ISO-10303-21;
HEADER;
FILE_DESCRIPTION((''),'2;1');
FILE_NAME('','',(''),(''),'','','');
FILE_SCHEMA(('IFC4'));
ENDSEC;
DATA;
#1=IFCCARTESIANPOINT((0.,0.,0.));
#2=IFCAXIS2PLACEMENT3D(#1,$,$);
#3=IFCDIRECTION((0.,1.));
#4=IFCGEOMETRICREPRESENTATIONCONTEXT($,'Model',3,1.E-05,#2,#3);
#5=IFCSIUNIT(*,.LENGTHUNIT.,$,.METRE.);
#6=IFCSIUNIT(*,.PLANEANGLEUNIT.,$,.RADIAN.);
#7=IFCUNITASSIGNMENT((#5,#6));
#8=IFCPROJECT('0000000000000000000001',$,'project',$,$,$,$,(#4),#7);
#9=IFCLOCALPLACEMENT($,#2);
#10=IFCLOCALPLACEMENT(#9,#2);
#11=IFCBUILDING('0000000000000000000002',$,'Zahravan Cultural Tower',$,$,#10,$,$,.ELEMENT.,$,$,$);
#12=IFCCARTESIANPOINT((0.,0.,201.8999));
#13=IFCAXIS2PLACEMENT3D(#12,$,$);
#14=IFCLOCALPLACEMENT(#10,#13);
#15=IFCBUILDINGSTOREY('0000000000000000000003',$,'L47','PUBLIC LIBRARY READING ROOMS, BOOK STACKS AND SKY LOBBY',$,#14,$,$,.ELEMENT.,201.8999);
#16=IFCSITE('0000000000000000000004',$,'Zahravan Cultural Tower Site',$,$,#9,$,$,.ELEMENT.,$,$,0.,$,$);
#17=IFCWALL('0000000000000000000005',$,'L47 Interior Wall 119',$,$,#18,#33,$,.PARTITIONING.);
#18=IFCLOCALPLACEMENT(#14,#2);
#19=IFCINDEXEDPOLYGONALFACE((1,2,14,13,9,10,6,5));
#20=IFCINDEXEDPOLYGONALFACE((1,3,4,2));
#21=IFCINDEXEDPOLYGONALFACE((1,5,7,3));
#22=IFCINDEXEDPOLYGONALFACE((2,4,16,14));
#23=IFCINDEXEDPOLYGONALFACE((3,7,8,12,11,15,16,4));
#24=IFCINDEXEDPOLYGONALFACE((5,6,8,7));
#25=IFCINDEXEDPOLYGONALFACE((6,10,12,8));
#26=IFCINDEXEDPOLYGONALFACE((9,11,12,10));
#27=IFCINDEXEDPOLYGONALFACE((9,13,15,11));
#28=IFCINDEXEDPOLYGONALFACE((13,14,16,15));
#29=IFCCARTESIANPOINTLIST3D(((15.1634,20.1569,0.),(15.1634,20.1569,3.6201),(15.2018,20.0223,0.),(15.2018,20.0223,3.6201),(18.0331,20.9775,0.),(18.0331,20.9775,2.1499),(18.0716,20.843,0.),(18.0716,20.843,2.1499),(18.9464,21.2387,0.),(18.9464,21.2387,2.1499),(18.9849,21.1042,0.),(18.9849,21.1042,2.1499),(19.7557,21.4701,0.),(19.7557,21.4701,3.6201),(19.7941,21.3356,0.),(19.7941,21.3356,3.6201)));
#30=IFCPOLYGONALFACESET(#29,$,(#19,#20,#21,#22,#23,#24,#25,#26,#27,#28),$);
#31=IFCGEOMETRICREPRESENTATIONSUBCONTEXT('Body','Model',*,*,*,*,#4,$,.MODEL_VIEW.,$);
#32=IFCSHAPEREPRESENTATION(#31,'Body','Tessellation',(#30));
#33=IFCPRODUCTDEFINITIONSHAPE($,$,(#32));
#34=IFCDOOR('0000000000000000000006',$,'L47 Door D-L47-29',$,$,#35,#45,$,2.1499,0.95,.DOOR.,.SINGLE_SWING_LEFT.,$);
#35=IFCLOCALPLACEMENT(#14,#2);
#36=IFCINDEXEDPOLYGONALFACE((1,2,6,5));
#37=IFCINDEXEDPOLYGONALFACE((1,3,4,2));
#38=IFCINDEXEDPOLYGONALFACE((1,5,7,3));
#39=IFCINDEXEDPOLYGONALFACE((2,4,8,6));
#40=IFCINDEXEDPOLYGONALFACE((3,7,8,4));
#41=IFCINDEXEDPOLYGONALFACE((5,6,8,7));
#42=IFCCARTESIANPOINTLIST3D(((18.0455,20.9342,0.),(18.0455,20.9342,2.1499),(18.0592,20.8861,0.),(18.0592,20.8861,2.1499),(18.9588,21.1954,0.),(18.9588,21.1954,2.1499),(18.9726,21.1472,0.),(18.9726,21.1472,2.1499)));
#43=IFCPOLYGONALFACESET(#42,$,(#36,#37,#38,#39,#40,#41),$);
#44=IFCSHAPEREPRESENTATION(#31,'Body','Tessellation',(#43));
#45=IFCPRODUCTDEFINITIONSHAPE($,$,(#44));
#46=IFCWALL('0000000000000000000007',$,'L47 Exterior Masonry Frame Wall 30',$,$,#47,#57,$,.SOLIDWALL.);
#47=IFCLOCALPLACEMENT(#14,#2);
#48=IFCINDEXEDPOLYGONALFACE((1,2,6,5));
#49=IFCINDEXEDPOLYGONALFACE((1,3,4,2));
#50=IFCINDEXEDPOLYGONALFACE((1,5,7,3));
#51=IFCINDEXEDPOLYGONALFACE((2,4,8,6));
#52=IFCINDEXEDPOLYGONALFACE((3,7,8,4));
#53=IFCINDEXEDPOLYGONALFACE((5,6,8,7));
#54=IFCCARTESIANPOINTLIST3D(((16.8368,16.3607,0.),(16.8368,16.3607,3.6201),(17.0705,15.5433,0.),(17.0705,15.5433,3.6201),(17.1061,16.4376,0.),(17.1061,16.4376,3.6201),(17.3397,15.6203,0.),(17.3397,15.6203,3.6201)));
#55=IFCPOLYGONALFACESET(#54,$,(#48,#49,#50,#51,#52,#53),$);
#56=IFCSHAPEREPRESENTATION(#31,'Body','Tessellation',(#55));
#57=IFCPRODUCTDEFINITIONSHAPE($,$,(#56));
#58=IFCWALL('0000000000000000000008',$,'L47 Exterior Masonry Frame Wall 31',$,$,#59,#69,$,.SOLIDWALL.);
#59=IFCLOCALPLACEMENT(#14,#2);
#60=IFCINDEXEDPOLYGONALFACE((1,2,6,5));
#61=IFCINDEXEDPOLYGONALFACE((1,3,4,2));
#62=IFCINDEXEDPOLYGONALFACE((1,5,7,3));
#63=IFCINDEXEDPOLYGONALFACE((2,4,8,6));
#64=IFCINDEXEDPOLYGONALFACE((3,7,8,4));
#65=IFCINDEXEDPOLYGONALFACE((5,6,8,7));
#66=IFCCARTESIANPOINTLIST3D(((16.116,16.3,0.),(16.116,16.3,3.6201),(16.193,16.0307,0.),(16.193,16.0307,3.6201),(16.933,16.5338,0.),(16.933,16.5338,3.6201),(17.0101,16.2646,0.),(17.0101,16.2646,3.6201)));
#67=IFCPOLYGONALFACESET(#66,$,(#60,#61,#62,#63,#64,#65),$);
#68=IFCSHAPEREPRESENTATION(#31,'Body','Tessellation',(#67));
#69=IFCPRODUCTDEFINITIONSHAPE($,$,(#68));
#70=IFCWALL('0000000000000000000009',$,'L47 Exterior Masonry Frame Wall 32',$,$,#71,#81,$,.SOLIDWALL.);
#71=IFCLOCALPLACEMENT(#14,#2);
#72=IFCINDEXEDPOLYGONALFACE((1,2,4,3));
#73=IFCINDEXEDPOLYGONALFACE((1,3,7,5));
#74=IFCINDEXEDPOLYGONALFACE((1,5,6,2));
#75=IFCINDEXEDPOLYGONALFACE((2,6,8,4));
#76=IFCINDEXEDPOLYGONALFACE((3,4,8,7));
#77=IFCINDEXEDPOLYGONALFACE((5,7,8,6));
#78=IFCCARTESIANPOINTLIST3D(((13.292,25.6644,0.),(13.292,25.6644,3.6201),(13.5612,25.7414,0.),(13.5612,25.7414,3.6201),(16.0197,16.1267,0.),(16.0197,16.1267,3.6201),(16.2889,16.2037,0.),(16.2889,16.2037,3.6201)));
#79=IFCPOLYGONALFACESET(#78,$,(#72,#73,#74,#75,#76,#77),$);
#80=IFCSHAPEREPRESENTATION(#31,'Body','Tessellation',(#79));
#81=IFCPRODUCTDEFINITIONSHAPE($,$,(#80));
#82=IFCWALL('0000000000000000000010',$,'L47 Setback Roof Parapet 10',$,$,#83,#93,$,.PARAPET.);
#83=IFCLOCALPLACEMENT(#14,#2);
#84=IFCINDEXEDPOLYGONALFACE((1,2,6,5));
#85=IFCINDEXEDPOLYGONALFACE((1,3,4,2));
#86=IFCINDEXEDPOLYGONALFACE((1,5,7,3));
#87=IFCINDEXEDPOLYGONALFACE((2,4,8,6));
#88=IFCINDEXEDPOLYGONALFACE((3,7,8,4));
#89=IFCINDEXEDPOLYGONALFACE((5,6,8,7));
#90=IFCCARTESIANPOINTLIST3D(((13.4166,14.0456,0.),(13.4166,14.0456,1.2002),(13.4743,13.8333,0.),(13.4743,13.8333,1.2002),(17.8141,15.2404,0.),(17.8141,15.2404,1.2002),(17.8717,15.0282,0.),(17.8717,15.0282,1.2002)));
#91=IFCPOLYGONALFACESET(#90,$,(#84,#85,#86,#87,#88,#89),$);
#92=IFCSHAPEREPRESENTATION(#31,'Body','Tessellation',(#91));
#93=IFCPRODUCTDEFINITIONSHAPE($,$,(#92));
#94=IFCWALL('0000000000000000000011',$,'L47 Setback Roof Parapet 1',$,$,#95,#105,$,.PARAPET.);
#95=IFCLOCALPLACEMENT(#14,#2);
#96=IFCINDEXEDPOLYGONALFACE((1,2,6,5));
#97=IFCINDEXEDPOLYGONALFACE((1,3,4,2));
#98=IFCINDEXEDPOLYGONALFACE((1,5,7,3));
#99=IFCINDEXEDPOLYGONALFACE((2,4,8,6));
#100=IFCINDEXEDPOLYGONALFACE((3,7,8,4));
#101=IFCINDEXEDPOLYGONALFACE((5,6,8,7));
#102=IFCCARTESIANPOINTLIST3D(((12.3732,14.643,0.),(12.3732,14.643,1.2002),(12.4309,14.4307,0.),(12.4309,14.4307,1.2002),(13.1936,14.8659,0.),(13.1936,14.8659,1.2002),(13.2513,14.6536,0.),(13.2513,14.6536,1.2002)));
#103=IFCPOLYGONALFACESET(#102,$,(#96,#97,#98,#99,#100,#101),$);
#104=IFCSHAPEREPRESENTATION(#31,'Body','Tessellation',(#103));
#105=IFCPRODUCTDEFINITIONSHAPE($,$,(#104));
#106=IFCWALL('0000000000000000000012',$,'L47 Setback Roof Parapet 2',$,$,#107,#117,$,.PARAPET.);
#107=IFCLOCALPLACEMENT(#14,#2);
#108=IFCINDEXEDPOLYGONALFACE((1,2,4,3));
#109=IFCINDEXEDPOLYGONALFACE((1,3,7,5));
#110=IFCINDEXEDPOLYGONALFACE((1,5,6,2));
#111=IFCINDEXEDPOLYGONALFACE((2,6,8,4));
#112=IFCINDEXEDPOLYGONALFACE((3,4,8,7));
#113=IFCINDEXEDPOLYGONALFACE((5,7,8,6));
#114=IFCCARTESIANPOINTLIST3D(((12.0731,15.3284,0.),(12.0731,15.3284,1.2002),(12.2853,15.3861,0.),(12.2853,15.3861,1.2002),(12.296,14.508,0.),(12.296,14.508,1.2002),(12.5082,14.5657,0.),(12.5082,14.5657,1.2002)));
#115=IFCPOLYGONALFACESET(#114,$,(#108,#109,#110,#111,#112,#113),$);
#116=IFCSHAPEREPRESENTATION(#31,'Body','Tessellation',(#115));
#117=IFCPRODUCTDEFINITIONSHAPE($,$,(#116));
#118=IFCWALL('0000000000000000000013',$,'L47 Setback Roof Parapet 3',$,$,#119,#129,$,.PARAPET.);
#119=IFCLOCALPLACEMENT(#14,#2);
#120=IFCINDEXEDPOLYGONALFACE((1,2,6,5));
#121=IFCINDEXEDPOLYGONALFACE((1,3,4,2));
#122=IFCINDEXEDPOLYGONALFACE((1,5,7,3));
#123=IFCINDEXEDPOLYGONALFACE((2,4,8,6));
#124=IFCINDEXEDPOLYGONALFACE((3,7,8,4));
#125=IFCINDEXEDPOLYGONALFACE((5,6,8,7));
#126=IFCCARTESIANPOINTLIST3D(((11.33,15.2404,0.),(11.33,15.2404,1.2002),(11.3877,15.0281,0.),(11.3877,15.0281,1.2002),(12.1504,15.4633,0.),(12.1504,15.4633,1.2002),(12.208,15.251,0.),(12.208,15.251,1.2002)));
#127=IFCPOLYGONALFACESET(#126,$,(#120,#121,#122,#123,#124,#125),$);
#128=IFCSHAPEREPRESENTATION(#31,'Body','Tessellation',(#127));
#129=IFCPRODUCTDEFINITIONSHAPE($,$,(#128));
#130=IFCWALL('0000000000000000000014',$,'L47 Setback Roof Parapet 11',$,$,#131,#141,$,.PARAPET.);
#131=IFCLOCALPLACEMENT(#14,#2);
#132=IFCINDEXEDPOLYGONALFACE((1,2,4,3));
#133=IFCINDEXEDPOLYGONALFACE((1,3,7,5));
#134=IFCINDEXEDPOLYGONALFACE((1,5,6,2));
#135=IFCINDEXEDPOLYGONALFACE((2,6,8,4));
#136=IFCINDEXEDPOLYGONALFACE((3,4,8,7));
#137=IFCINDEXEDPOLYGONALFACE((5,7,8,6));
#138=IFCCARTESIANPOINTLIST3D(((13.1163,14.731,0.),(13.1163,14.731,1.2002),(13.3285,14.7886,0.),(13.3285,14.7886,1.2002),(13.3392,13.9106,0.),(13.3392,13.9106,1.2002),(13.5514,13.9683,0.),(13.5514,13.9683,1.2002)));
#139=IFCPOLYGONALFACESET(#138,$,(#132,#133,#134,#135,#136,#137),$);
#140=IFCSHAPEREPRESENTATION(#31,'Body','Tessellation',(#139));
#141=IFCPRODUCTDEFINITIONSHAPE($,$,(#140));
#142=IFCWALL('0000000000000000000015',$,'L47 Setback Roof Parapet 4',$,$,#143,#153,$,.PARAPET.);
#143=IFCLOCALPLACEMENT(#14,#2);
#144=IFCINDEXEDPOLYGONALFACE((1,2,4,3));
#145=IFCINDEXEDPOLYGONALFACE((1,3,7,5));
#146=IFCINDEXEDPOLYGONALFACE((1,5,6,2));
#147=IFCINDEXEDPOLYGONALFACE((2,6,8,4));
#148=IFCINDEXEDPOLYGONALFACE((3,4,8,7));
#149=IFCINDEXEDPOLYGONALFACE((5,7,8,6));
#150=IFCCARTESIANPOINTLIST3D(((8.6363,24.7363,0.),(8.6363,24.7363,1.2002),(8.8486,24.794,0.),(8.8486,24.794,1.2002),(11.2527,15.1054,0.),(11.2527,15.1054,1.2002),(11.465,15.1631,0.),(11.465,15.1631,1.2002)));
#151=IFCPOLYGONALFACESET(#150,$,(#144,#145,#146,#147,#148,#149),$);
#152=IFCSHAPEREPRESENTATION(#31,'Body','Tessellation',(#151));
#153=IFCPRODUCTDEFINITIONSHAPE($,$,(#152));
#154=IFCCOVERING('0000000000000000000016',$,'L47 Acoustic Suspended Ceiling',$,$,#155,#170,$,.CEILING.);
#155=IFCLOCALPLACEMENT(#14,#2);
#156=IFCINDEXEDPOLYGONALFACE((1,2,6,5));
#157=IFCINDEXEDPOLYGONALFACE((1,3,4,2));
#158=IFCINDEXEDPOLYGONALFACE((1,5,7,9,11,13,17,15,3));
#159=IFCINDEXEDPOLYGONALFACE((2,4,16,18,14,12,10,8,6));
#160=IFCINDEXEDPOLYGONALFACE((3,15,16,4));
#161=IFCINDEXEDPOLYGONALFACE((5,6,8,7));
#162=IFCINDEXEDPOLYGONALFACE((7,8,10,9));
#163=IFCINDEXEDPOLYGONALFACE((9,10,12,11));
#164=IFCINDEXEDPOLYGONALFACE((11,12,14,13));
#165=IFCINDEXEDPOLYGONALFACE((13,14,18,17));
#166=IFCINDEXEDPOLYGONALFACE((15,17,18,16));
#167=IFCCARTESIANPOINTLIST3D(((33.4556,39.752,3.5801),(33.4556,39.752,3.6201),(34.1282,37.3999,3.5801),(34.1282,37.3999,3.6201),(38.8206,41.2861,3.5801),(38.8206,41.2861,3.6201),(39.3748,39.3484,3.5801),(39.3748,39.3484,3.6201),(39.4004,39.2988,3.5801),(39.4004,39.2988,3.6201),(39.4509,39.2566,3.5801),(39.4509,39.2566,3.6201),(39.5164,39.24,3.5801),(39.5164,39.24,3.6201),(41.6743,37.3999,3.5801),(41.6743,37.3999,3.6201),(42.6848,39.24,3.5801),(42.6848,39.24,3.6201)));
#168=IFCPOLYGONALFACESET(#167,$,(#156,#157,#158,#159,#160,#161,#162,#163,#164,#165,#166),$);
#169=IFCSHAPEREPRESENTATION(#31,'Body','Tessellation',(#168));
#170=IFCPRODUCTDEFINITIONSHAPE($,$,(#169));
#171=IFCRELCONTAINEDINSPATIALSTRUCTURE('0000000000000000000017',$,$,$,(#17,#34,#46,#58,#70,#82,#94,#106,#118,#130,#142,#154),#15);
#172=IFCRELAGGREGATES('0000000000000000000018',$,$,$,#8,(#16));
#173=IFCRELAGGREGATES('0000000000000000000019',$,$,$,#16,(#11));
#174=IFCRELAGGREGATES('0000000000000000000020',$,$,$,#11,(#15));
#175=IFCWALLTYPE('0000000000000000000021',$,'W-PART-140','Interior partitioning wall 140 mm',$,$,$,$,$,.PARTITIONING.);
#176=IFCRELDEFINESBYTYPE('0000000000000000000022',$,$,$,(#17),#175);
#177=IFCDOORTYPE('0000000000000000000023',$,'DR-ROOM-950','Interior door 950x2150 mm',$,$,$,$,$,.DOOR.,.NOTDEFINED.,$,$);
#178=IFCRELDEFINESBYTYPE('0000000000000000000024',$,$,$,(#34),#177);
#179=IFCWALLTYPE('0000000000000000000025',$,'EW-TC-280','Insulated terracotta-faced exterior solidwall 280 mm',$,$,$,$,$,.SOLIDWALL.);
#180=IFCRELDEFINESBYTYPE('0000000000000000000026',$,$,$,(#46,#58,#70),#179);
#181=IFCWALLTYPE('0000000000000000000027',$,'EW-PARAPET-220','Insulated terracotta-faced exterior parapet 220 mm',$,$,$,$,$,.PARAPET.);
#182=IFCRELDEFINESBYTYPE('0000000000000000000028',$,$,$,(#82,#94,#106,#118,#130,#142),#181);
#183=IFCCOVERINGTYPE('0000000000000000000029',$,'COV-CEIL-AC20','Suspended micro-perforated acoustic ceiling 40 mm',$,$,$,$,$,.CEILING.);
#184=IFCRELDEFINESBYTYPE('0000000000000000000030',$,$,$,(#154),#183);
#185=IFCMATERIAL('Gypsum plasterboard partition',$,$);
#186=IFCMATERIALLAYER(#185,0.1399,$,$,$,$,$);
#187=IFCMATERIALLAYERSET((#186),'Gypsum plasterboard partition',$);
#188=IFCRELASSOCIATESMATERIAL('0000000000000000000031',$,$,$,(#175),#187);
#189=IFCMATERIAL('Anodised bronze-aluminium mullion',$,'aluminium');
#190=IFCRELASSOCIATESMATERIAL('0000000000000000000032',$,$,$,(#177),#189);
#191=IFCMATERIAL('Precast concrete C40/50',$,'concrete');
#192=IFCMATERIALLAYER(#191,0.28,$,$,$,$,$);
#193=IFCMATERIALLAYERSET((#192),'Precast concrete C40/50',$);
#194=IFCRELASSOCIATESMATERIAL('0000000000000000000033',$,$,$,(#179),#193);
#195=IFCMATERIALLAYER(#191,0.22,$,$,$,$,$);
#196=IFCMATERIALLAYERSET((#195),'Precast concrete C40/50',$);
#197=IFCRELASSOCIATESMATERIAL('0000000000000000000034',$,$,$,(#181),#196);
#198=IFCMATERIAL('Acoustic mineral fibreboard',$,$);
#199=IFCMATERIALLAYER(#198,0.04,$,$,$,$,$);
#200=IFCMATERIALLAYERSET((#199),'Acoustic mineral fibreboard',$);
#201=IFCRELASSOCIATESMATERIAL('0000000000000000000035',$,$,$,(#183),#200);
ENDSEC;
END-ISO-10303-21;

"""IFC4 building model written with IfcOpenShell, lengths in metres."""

from ifc_helpers import new_model, si_unit, direction, frame, frame_2d, origin, place, context, subcontext, project, spatial, polyline, rectangle, outline, extrude, source, transform, mapped, material, layer, layer_set, type_object, element, fill, save


model = new_model("IFC4")

# Units and contexts
model_context = context("Model", 3, precision=1e-05, world=origin(), true_north=direction((0.0, 1.0)))
body_context = subcontext(model_context, "Body", "Model", "MODEL_VIEW")
ifc_project = project(units=[si_unit("LENGTHUNIT", "METRE"), si_unit("PLANEANGLEUNIT", "RADIAN")], contexts=[model_context])

# Site, building, storey
site_placement = place(None, origin())
site = spatial("IfcSite", under=ifc_project, at=site_placement, Name="Zahravan Cultural Tower Site", CompositionType="ELEMENT", RefElevation=0.0)
building_placement = place(site_placement, origin())
building = spatial("IfcBuilding", under=site, at=building_placement, Name="Zahravan Cultural Tower", CompositionType="ELEMENT")
storey_placement = place(building_placement, frame((0.0, 0.0, 201.8999)))
storey = spatial("IfcBuildingStorey", under=building, at=storey_placement, Name="L47", Description="PUBLIC LIBRARY READING ROOMS, BOOK STACKS AND SKY LOBBY", CompositionType="ELEMENT", Elevation=201.8999)

# Shared definitions
ifc_material_1 = material(Name="Precast concrete C40/50", Category="concrete")
ifc_material_2 = material(Name="Anodised bronze-aluminium mullion", Category="aluminium")

# Wall, opening, door
ifc_material_3 = material(Name="Gypsum plasterboard partition")
ifc_layer_1 = layer(ifc_material_3, 0.1399)
ifc_layer_set_1 = layer_set([ifc_layer_1], Name="Gypsum plasterboard partition")
wall_type_1 = type_object("IfcWallType", Name="W-PART-140", Description="Interior partitioning wall 140 mm", PredefinedType="PARTITIONING", material=ifc_layer_set_1)
wall_1_placement = place(storey_placement, frame((15.1826, 20.0896, 0.0), z_axis=(0.0, 0.0, 1.0), x_axis=(0.96146, 0.274944, 0.0)))
wall_1 = element("IfcWall", 1, at=wall_1_placement, inside=storey, type_object=wall_type_1, Name="L47 Interior Wall 119", PredefinedType="PARTITIONING", context=body_context, shape_type="SweptSolid", body=[
    extrude(rectangle(XDim=4.7764, YDim=0.1399, at=frame_2d((2.3882, 0.0))), origin(), (0.0, 0.0, 1.0), 3.6201),
])
opening_1_placement = place(wall_1_placement, frame((2.9846, 0.0, 0.0)))
opening_1 = element("IfcOpeningElement", 2, at=opening_1_placement, cuts=wall_1, PredefinedType="OPENING", context=body_context, shape_type="SweptSolid", body=[
    extrude(rectangle(XDim=0.95, YDim=2.1499, at=frame_2d((0.4751, 1.075))), frame((0.0, 0.0798, 0.0), z_axis=(0.0, -1.0, 0.0), x_axis=(1.0, 0.0, 0.0)), (0.0, 0.0, 1.0), 0.1599),
])
door_type_1 = type_object("IfcDoorType", Name="DR-ROOM-950", Description="Interior door 950x2150 mm", OperationType="NOTDEFINED", PredefinedType="DOOR", material=ifc_material_2)
shared_shape_1 = source(origin(), body_context, "Body", "SweptSolid", [
    extrude(rectangle(XDim=0.95, YDim=2.1499, at=frame_2d((0.4751, 1.075))), frame((0.0, 0.0249, 0.0), z_axis=(0.0, -1.0, 0.0), x_axis=(1.0, 0.0, 0.0)), (0.0, 0.0, 1.0), 0.05),
])
door_1_placement = place(opening_1_placement, origin())
door_1 = element("IfcDoor", 3, at=door_1_placement, inside=storey, type_object=door_type_1, Name="L47 Door D-L47-29", OperationType="SINGLE_SWING_LEFT", OverallHeight=2.1499, OverallWidth=0.95, PredefinedType="DOOR", context=body_context, shape_type="MappedRepresentation", body=[
    mapped(shared_shape_1, transform((0.0, 0.0, 0.0), x_axis=(1.0, 0.0, 0.0), y_axis=(0.0, 1.0, 0.0), z_axis=(0.0, 0.0, 1.0), scale=1.0)),
])
fill(opening_1, door_1)

# Walls
ifc_layer_2 = layer(ifc_material_1, 0.28)
ifc_layer_set_2 = layer_set([ifc_layer_2], Name="Precast concrete C40/50")
wall_type_2 = type_object("IfcWallType", Name="EW-TC-280", Description="Insulated terracotta-faced exterior solidwall 280 mm", PredefinedType="SOLIDWALL", material=ifc_layer_set_2)
shared_shape_2 = source(origin(), body_context, "Body", "SweptSolid", [
    extrude(rectangle(XDim=0.8501, YDim=0.28, at=frame_2d((0.425, 0.0))), origin(), (0.0, 0.0, 1.0), 3.6201),
])
wall_2_placement = place(storey_placement, frame((17.2051, 15.5818, 0.0), z_axis=(0.0, 0.0, 1.0), x_axis=(-0.274835, 0.961491, 0.0)))
element("IfcWall", 4, at=wall_2_placement, inside=storey, type_object=wall_type_2, Name="L47 Exterior Masonry Frame Wall 30", PredefinedType="SOLIDWALL", context=body_context, shape_type="MappedRepresentation", body=[
    mapped(shared_shape_2, transform((0.0, 0.0, 0.0), x_axis=(1.0, 0.0, 0.0), y_axis=(0.0, 1.0, 0.0), z_axis=(0.0, 0.0, 1.0), scale=1.0)),
])
shared_shape_3 = source(origin(), body_context, "Body", "SweptSolid", [
    extrude(rectangle(XDim=0.8499, YDim=0.28, at=frame_2d((0.4248, 0.0))), origin(), (0.0, 0.0, 1.0), 3.6201),
])
wall_3_placement = place(storey_placement, frame((16.9714, 16.3992, 0.0), z_axis=(0.0, 0.0, 1.0), x_axis=(-0.961394, -0.275176, 0.0)))
element("IfcWall", 5, at=wall_3_placement, inside=storey, type_object=wall_type_2, Name="L47 Exterior Masonry Frame Wall 31", PredefinedType="SOLIDWALL", context=body_context, shape_type="MappedRepresentation", body=[
    mapped(shared_shape_3, transform((0.0, 0.0, 0.0), x_axis=(1.0, 0.0, 0.0), y_axis=(0.0, 1.0, 0.0), z_axis=(0.0, 0.0, 1.0), scale=1.0)),
])
shared_shape_4 = source(origin(), body_context, "Body", "SweptSolid", [
    extrude(rectangle(XDim=9.9202, YDim=0.28, at=frame_2d((4.96, 0.0))), origin(), (0.0, 0.0, 1.0), 3.6201),
])
wall_4_placement = place(storey_placement, frame((16.1543, 16.1653, 0.0), z_axis=(0.0, 0.0, 1.0), x_axis=(-0.274971, 0.961452, 0.0)))
element("IfcWall", 6, at=wall_4_placement, inside=storey, type_object=wall_type_2, Name="L47 Exterior Masonry Frame Wall 32", PredefinedType="SOLIDWALL", context=body_context, shape_type="MappedRepresentation", body=[
    mapped(shared_shape_4, transform((0.0, 0.0, 0.0), x_axis=(1.0, 0.0, 0.0), y_axis=(0.0, 1.0, 0.0), z_axis=(0.0, 0.0, 1.0), scale=1.0)),
])
ifc_layer_3 = layer(ifc_material_1, 0.22)
ifc_layer_set_3 = layer_set([ifc_layer_3], Name="Precast concrete C40/50")
wall_type_3 = type_object("IfcWallType", Name="EW-PARAPET-220", Description="Insulated terracotta-faced exterior parapet 220 mm", PredefinedType="PARAPET", material=ifc_layer_set_3)
shared_shape_5 = source(origin(), body_context, "Body", "SweptSolid", [
    extrude(rectangle(XDim=4.5569, YDim=0.22, at=frame_2d((2.2783, 0.0))), origin(), (0.0, 0.0, 1.0), 1.2002),
])
wall_5_placement = place(storey_placement, frame((17.8428, 15.1343, 0.0), z_axis=(0.0, 0.0, 1.0), x_axis=(-0.965013, -0.262202, 0.0)))
element("IfcWall", 7, at=wall_5_placement, inside=storey, type_object=wall_type_3, Name="L47 Setback Roof Parapet 10", PredefinedType="PARAPET", context=body_context, shape_type="MappedRepresentation", body=[
    mapped(shared_shape_5, transform((0.0, 0.0, 0.0), x_axis=(1.0, 0.0, 0.0), y_axis=(0.0, 1.0, 0.0), z_axis=(0.0, 0.0, 1.0), scale=1.0)),
])
shared_shape_6 = source(origin(), body_context, "Body", "SweptSolid", [
    extrude(rectangle(XDim=0.8501, YDim=0.22, at=frame_2d((0.425, 0.0))), origin(), (0.0, 0.0, 1.0), 1.2002),
])
for number, where, z_axis, x_axis, name in (
    (8, (13.2224, 14.7598, 0.0), (0.0, 0.0, 1.0), (-0.965009, -0.262218, 0.0), "L47 Setback Roof Parapet 1"),
    (9, (12.4021, 14.5369, 0.0), (0.0, 0.0, 1.0), (-0.262218, 0.965009, 0.0), "L47 Setback Roof Parapet 2"),
    (10, (12.1792, 15.3572, 0.0), (0.0, 0.0, 1.0), (-0.965009, -0.262218, 0.0), "L47 Setback Roof Parapet 3"),
    (11, (13.4453, 13.9395, 0.0), (0.0, 0.0, 1.0), (-0.262218, 0.965009, 0.0), "L47 Setback Roof Parapet 11"),
):
    element("IfcWall", number, at=place(storey_placement, frame(where, z_axis=z_axis, x_axis=x_axis)), inside=storey, type_object=wall_type_3, Name=name, PredefinedType="PARAPET", context=body_context, shape_type="MappedRepresentation", body=[
        mapped(shared_shape_6, transform((0.0, 0.0, 0.0), x_axis=(1.0, 0.0, 0.0), y_axis=(0.0, 1.0, 0.0), z_axis=(0.0, 0.0, 1.0), scale=1.0)),
    ])
shared_shape_7 = source(origin(), body_context, "Body", "SweptSolid", [
    extrude(rectangle(XDim=9.98, YDim=0.22, at=frame_2d((4.99, 0.0))), origin(), (0.0, 0.0, 1.0), 1.2002),
])
wall_6_placement = place(storey_placement, frame((11.3589, 15.1343, 0.0), z_axis=(0.0, 0.0, 1.0), x_axis=(-0.262171, 0.965021, 0.0)))
element("IfcWall", 12, at=wall_6_placement, inside=storey, type_object=wall_type_3, Name="L47 Setback Roof Parapet 4", PredefinedType="PARAPET", context=body_context, shape_type="MappedRepresentation", body=[
    mapped(shared_shape_7, transform((0.0, 0.0, 0.0), x_axis=(1.0, 0.0, 0.0), y_axis=(0.0, 1.0, 0.0), z_axis=(0.0, 0.0, 1.0), scale=1.0)),
])

# Covering
ifc_material_4 = material(Name="Acoustic mineral fibreboard")
ifc_layer_4 = layer(ifc_material_4, 0.04)
ifc_layer_set_4 = layer_set([ifc_layer_4], Name="Acoustic mineral fibreboard")
covering_type_1 = type_object("IfcCoveringType", Name="COV-CEIL-AC20", Description="Suspended micro-perforated acoustic ceiling 40 mm", PredefinedType="CEILING", material=ifc_layer_set_4)
covering_1_placement = place(storey_placement, frame((0.0, 0.0, 3.5801)))
element("IfcCovering", 13, at=covering_1_placement, inside=storey, type_object=covering_type_1, Name="L47 Acoustic Suspended Ceiling", PredefinedType="CEILING", context=body_context, shape_type="SweptSolid", body=[
    extrude(outline(polyline([(42.6848, 39.24), (39.5164, 39.24), (39.4509, 39.2566), (39.4004, 39.2988), (39.3748, 39.3484), (38.8206, 41.2861), (33.4556, 39.752), (34.1282, 37.3999), (41.6743, 37.3999), (42.6848, 39.24)])), origin(), (0.0, 0.0, 1.0), 0.04),
])

save(model, "model.ifc")
